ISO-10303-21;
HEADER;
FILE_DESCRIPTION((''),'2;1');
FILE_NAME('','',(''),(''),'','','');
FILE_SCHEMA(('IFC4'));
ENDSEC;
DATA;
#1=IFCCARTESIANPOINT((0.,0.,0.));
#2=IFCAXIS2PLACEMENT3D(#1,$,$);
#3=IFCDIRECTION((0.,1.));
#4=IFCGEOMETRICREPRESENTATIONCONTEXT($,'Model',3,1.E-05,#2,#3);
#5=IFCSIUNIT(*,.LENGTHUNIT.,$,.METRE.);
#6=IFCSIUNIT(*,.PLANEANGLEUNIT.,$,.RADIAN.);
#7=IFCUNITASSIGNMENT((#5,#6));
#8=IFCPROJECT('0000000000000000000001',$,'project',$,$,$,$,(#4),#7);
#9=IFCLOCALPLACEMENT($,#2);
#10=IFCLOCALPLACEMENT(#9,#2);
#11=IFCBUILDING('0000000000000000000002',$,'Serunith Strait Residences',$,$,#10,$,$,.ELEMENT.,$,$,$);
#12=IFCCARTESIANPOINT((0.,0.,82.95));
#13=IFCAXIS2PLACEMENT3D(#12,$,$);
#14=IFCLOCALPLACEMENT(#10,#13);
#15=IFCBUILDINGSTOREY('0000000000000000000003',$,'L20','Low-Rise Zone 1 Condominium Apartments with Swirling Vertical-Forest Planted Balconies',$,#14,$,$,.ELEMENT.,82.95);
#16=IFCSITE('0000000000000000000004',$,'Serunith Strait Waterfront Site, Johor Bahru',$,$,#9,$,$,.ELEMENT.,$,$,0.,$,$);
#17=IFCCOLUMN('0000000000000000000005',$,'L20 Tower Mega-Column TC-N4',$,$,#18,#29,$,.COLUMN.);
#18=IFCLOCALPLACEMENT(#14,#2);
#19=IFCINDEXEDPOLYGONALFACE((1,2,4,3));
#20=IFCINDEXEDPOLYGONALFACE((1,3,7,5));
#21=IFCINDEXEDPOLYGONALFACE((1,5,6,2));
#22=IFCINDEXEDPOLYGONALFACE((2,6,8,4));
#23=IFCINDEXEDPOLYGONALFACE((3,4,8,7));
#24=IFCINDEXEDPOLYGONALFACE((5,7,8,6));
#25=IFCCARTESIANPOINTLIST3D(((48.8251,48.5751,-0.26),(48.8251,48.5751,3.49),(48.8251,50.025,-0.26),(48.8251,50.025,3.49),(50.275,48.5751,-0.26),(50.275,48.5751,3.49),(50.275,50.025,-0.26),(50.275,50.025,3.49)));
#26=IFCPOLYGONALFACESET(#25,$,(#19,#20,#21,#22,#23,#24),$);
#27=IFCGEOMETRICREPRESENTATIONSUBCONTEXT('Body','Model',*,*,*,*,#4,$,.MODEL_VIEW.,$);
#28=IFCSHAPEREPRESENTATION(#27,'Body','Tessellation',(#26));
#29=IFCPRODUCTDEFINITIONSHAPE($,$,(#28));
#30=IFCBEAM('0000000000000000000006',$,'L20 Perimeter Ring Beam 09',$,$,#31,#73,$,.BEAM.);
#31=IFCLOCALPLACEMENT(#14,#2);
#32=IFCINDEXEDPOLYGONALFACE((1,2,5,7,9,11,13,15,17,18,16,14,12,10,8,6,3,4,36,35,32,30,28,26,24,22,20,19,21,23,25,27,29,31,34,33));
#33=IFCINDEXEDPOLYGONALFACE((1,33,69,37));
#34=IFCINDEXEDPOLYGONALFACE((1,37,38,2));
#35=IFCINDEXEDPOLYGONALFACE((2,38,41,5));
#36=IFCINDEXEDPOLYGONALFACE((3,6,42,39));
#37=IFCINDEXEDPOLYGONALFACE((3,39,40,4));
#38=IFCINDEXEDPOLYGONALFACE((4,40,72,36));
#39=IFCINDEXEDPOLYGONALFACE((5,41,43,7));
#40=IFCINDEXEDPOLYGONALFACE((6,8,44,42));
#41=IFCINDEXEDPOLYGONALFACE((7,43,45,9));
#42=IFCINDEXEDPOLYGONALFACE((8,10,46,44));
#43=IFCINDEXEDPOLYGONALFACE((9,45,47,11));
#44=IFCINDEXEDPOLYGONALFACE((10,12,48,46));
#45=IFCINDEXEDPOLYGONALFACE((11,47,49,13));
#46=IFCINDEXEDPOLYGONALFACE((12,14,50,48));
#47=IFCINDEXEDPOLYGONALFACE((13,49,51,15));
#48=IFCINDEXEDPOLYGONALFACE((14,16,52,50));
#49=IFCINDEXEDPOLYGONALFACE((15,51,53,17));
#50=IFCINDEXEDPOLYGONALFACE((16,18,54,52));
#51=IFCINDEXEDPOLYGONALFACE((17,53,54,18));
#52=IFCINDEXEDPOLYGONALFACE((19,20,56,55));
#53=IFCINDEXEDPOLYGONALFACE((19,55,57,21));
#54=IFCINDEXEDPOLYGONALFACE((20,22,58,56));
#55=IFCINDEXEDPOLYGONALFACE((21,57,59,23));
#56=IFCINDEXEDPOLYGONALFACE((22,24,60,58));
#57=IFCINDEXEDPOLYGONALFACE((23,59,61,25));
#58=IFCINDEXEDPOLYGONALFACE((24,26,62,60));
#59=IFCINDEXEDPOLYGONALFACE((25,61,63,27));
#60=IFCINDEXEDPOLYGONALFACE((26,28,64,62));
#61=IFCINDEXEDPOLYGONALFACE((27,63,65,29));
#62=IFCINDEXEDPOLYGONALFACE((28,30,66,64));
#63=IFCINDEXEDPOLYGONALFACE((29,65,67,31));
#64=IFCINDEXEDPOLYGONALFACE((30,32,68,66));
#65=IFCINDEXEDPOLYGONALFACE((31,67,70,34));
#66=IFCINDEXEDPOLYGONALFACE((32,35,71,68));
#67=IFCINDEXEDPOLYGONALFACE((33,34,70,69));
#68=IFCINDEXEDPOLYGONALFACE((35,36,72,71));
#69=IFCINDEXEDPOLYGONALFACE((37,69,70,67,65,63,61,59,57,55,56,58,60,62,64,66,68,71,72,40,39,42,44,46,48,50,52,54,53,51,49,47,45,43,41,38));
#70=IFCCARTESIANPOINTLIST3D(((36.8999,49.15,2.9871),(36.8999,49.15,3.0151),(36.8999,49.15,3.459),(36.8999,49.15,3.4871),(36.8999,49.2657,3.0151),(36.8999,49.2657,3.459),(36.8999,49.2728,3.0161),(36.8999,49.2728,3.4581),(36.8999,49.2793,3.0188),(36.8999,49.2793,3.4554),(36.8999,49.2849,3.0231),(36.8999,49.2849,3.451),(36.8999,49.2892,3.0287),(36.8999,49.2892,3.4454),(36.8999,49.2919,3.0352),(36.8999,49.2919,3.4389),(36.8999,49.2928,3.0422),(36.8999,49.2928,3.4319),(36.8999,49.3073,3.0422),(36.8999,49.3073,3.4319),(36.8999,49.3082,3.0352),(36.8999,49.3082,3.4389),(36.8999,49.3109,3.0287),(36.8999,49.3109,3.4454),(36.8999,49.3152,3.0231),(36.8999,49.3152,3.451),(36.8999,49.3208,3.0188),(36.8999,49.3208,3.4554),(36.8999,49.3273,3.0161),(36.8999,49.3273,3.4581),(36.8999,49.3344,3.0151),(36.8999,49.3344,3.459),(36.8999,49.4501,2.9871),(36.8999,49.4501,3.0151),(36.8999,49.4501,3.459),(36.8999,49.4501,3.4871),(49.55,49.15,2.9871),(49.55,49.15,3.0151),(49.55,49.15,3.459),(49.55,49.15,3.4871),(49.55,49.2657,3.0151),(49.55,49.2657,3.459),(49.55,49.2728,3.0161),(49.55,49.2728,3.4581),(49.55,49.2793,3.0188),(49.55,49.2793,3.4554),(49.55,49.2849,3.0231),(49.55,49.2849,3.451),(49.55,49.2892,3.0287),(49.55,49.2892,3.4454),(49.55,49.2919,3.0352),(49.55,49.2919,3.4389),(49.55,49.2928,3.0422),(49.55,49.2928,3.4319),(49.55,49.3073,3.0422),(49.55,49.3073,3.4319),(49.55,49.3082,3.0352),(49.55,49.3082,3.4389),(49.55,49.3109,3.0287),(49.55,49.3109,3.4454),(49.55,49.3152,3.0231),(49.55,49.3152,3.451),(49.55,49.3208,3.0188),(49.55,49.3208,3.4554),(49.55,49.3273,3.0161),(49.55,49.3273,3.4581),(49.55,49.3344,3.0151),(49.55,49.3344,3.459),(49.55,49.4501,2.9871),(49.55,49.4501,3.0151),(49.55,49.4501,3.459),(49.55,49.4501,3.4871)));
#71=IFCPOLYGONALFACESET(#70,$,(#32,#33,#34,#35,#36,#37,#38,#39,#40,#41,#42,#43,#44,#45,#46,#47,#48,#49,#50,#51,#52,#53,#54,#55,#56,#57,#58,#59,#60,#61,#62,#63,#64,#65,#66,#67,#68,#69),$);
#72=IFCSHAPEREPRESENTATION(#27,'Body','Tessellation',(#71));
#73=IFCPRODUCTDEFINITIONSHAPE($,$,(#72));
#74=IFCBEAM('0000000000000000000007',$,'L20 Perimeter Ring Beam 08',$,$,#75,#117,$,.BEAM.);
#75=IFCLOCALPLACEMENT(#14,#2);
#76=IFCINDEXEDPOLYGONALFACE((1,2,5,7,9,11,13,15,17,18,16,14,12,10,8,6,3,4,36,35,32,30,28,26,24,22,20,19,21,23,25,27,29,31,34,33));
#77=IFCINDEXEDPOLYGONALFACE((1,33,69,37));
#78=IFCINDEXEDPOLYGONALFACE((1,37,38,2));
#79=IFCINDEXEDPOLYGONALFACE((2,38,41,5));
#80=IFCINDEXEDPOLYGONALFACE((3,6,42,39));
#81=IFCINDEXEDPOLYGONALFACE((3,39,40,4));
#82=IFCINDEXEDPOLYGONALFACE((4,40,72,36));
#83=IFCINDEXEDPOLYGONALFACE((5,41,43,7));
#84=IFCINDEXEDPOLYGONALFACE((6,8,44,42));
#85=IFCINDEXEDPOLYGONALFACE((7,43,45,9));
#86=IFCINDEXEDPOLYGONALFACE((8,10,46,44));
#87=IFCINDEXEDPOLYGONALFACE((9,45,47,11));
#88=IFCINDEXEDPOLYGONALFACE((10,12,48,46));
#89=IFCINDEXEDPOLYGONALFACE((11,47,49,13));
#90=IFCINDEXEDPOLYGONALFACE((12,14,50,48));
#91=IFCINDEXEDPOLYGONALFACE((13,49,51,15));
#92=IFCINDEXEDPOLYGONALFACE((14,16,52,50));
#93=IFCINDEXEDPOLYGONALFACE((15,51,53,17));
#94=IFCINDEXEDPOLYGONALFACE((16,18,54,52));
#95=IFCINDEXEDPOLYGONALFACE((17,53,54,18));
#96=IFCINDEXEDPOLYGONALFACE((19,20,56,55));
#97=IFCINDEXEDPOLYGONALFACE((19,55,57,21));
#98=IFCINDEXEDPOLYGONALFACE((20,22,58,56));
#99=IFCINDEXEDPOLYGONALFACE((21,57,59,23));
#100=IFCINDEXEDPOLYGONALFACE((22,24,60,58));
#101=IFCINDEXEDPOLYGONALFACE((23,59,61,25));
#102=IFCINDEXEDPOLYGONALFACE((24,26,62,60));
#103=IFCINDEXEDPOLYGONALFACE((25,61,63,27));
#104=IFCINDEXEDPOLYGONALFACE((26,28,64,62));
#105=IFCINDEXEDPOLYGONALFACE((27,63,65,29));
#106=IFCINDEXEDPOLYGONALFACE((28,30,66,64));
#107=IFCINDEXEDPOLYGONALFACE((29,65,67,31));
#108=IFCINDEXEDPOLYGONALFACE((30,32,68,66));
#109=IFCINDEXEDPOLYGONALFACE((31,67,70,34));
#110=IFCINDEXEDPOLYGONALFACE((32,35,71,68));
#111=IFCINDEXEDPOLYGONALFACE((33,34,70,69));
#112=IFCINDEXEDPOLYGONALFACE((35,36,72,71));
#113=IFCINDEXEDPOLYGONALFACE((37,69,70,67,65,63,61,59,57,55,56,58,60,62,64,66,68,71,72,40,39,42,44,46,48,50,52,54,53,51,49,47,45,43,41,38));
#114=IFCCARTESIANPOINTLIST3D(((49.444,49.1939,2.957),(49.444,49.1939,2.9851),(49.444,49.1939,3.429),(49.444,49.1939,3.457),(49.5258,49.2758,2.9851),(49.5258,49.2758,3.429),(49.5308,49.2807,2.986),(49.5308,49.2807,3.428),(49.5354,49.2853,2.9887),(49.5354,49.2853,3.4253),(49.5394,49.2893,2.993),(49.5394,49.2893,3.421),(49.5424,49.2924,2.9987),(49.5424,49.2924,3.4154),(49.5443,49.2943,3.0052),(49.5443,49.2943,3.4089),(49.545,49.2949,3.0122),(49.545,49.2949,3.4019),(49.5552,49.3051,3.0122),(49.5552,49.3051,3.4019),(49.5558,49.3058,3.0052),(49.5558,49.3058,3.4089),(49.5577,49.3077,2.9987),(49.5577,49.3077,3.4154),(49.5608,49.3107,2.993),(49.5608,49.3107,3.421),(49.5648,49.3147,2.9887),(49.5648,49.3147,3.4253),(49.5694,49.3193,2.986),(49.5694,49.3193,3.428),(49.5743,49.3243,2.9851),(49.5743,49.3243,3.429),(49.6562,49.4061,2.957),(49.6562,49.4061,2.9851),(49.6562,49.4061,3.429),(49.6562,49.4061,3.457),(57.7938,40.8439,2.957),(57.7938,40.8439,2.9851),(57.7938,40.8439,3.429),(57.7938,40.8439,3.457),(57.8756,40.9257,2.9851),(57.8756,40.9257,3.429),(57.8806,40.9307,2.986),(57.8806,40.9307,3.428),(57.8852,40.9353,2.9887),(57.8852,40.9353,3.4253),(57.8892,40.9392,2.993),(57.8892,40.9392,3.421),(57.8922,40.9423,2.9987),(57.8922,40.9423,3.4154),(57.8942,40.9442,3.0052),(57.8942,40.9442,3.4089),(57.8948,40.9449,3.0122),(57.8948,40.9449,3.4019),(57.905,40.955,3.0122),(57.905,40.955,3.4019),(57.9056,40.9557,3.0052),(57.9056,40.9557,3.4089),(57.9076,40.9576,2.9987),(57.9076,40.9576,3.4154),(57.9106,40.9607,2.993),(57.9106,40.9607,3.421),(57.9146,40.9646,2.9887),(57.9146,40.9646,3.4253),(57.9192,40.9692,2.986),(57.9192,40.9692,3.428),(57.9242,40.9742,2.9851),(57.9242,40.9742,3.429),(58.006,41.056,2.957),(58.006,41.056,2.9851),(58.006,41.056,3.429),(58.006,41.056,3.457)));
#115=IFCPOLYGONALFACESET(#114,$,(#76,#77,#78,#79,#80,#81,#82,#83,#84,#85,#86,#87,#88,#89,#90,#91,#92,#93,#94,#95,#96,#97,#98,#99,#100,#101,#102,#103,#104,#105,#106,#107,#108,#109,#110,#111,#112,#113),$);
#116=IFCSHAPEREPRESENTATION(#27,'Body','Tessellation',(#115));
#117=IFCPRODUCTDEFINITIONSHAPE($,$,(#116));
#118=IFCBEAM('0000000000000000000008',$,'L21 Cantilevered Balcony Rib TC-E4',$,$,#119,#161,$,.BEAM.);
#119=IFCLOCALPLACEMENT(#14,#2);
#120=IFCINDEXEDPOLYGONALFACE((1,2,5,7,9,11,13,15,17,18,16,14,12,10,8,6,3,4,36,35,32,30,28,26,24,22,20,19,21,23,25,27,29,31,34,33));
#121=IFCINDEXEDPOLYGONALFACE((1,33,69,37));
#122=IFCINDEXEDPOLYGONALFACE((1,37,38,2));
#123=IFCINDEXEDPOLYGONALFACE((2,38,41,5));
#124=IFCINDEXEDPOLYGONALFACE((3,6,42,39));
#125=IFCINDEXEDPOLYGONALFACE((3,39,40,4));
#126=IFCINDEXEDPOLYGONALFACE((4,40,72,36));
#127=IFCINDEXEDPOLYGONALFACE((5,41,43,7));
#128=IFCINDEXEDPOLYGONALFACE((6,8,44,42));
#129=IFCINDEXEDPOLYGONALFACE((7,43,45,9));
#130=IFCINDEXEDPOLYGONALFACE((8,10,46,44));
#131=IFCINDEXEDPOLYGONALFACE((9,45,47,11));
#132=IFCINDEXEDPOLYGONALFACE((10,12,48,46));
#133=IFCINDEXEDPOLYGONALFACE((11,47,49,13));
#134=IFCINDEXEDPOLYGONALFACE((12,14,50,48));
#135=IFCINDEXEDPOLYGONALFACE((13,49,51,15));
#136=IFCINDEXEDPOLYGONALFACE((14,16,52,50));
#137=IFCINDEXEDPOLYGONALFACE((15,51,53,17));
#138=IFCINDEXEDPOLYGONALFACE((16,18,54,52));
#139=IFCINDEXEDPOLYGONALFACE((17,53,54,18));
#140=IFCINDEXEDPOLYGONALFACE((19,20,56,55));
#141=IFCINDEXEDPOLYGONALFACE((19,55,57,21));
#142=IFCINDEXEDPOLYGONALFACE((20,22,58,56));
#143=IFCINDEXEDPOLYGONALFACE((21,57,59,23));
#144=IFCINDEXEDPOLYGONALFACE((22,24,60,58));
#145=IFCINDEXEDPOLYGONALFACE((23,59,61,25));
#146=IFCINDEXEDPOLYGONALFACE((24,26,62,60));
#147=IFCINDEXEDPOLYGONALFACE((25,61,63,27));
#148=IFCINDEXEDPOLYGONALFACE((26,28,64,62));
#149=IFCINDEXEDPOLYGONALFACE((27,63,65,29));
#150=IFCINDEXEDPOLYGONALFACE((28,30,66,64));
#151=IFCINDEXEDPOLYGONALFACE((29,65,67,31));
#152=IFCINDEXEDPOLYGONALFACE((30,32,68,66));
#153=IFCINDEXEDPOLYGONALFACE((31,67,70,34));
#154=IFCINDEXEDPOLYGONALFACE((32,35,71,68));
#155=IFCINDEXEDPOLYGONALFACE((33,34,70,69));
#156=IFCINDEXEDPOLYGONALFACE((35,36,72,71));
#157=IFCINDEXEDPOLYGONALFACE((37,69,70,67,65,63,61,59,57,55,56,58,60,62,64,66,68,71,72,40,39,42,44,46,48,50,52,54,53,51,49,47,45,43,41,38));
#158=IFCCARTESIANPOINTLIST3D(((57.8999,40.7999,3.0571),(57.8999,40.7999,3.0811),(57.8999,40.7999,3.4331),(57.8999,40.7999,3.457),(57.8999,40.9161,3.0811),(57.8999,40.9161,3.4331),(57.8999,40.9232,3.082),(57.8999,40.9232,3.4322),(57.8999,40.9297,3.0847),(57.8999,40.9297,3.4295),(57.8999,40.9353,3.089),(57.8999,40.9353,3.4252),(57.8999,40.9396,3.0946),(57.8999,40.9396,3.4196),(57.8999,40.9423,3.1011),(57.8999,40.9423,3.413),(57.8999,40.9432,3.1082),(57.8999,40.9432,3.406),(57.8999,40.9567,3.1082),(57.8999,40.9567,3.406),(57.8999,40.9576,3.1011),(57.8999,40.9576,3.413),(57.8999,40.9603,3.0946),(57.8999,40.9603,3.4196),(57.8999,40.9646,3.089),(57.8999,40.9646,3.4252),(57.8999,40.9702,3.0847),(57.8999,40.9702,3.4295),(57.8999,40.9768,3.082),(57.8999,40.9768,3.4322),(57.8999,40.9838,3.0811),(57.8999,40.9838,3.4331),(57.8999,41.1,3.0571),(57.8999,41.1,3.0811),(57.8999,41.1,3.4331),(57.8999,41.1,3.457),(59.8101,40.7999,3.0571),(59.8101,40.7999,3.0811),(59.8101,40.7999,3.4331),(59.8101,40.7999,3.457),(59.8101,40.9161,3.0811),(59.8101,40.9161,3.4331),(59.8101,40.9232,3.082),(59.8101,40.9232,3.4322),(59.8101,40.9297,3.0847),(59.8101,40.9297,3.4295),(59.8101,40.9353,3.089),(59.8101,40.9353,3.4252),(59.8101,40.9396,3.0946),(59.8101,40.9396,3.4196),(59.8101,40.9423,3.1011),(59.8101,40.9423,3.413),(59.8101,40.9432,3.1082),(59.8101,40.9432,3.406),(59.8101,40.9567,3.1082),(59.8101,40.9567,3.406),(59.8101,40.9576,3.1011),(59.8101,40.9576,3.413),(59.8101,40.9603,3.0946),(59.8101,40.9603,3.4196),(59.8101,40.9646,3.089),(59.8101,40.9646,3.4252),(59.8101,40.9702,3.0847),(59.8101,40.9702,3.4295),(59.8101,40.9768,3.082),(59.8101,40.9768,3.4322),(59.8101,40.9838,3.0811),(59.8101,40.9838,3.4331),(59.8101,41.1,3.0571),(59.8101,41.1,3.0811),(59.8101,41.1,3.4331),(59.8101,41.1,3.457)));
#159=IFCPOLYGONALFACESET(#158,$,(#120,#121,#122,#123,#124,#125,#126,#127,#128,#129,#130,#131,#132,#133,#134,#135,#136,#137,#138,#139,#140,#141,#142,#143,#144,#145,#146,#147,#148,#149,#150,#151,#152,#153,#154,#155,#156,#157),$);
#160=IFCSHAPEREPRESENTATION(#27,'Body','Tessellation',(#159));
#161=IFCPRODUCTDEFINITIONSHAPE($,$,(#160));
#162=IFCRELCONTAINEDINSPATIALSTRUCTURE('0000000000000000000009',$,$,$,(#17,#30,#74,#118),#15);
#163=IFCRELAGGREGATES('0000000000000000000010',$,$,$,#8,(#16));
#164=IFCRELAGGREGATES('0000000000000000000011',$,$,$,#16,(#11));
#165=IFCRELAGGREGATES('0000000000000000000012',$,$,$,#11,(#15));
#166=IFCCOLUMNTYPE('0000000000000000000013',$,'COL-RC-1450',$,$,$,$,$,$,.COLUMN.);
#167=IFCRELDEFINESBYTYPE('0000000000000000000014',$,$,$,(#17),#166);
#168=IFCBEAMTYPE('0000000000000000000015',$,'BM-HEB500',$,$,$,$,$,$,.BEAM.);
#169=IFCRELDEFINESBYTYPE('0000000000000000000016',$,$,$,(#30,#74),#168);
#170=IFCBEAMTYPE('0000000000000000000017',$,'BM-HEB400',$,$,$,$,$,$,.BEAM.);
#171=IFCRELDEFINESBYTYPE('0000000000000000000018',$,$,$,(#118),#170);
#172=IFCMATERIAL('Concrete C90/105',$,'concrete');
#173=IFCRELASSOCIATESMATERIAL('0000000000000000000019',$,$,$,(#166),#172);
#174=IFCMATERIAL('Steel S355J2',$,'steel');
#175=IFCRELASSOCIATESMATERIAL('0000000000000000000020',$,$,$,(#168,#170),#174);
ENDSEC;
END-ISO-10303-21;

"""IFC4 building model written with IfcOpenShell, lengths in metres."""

from ifc_helpers import new_model, si_unit, direction, frame, origin, origin_2d, place, context, subcontext, project, spatial, rectangle, i_section, extrude, source, transform, mapped, material, material_profile, profile_set, type_object, element, save


model = new_model("IFC4")

# Units and contexts
model_context = context("Model", 3, precision=1e-05, world=origin(), true_north=direction((0.0, 1.0)))
body_context = subcontext(model_context, "Body", "Model", "MODEL_VIEW")
ifc_project = project(units=[si_unit("LENGTHUNIT", "METRE"), si_unit("PLANEANGLEUNIT", "RADIAN")], contexts=[model_context])

# Site, building, storey
site_placement = place(None, origin())
site = spatial("IfcSite", under=ifc_project, at=site_placement, Name="Serunith Strait Waterfront Site, Johor Bahru", CompositionType="ELEMENT", RefElevation=0.0)
building_placement = place(site_placement, origin())
building = spatial("IfcBuilding", under=site, at=building_placement, Name="Serunith Strait Residences", CompositionType="ELEMENT")
storey_placement = place(building_placement, frame((0.0, 0.0, 82.95)))
storey = spatial("IfcBuildingStorey", under=building, at=storey_placement, Name="L20", Description="Low-Rise Zone 1 Condominium Apartments with Swirling Vertical-Forest Planted Balconies", CompositionType="ELEMENT", Elevation=82.95)

# Column
ifc_material_1 = material(Name="Concrete C90/105", Category="concrete")
ifc_material_profile_1 = material_profile(ifc_material_1, rectangle(XDim=1.45, YDim=1.45, at=origin_2d()), Name="RC 1450x1450")
ifc_profile_set_1 = profile_set([ifc_material_profile_1], Name="Concrete C90/105")
column_type = type_object("IfcColumnType", Name="COL-RC-1450", PredefinedType="COLUMN", material=ifc_profile_set_1)
shared_shape_1 = source(origin(), body_context, "Body", "SweptSolid", [
    extrude(rectangle(XDim=1.45, YDim=1.45, at=origin_2d()), origin(), (0.0, 0.0, 1.0), 3.75),
])
column_placement = place(storey_placement, frame((49.55, 49.3, -0.26), z_axis=(0.0, 0.0, 1.0), x_axis=(1.0, 0.0, 0.0)))
element("IfcColumn", 1, at=column_placement, inside=storey, type_object=column_type, Name="L20 Tower Mega-Column TC-N4", PredefinedType="COLUMN", context=body_context, shape_type="MappedRepresentation", body=[
    mapped(shared_shape_1, transform((0.0, 0.0, 0.0), scale=1.0)),
])

# Beams
ifc_material_2 = material(Name="Steel S355J2", Category="steel")
ifc_material_profile_2 = material_profile(ifc_material_2, i_section(OverallWidth=0.3, OverallDepth=0.5, WebThickness=0.0144, FlangeThickness=0.0281, FilletRadius=0.0271, at=origin_2d()), Name="HEB 500")
ifc_profile_set_2 = profile_set([ifc_material_profile_2], Name="Steel S355J2")
beam_type_1 = type_object("IfcBeamType", Name="BM-HEB500", PredefinedType="BEAM", material=ifc_profile_set_2)
shared_shape_2 = source(origin(), body_context, "Body", "SweptSolid", [
    extrude(i_section(OverallWidth=0.3, OverallDepth=0.5, WebThickness=0.0144, FlangeThickness=0.0281, FilletRadius=0.0271, at=origin_2d()), origin(), (0.0, 0.0, 1.0), 12.6501),
])
beam_1_placement = place(storey_placement, frame((49.55, 49.3, 3.2371), z_axis=(-1.0, 0.0, 0.0), x_axis=(0.0, -1.0, 0.0)))
element("IfcBeam", 2, at=beam_1_placement, inside=storey, type_object=beam_type_1, Name="L20 Perimeter Ring Beam 09", PredefinedType="BEAM", context=body_context, shape_type="MappedRepresentation", body=[
    mapped(shared_shape_2, transform((0.0, 0.0, 0.0), scale=1.0)),
])
shared_shape_3 = source(origin(), body_context, "Body", "SweptSolid", [
    extrude(i_section(OverallWidth=0.3, OverallDepth=0.5, WebThickness=0.0144, FlangeThickness=0.0281, FilletRadius=0.0271, at=origin_2d()), origin(), (0.0, 0.0, 1.0), 11.8086),
])
beam_2_placement = place(storey_placement, frame((57.8999, 40.95, 3.207), z_axis=(-0.707096, 0.707117, 0.0), x_axis=(-0.707117, -0.707096, 0.0)))
element("IfcBeam", 3, at=beam_2_placement, inside=storey, type_object=beam_type_1, Name="L20 Perimeter Ring Beam 08", PredefinedType="BEAM", context=body_context, shape_type="MappedRepresentation", body=[
    mapped(shared_shape_3, transform((0.0, 0.0, 0.0), scale=1.0)),
])
ifc_material_profile_3 = material_profile(ifc_material_2, i_section(OverallWidth=0.3, OverallDepth=0.3999, WebThickness=0.0134, FlangeThickness=0.0239, FilletRadius=0.0271, at=origin_2d()), Name="HEB 400")
ifc_profile_set_3 = profile_set([ifc_material_profile_3], Name="Steel S355J2")
beam_type_2 = type_object("IfcBeamType", Name="BM-HEB400", PredefinedType="BEAM", material=ifc_profile_set_3)
shared_shape_4 = source(origin(), body_context, "Body", "SweptSolid", [
    extrude(i_section(OverallWidth=0.3, OverallDepth=0.3999, WebThickness=0.0134, FlangeThickness=0.0239, FilletRadius=0.0271, at=origin_2d()), origin(), (0.0, 0.0, 1.0), 1.9102),
])
beam_3_placement = place(storey_placement, frame((57.8999, 40.95, 3.2571), z_axis=(1.0, 0.0, 0.0), x_axis=(0.0, 1.0, 0.0)))
element("IfcBeam", 4, at=beam_3_placement, inside=storey, type_object=beam_type_2, Name="L21 Cantilevered Balcony Rib TC-E4", PredefinedType="BEAM", context=body_context, shape_type="MappedRepresentation", body=[
    mapped(shared_shape_4, transform((0.0, 0.0, 0.0), scale=1.0)),
])

save(model, "model.ifc")
